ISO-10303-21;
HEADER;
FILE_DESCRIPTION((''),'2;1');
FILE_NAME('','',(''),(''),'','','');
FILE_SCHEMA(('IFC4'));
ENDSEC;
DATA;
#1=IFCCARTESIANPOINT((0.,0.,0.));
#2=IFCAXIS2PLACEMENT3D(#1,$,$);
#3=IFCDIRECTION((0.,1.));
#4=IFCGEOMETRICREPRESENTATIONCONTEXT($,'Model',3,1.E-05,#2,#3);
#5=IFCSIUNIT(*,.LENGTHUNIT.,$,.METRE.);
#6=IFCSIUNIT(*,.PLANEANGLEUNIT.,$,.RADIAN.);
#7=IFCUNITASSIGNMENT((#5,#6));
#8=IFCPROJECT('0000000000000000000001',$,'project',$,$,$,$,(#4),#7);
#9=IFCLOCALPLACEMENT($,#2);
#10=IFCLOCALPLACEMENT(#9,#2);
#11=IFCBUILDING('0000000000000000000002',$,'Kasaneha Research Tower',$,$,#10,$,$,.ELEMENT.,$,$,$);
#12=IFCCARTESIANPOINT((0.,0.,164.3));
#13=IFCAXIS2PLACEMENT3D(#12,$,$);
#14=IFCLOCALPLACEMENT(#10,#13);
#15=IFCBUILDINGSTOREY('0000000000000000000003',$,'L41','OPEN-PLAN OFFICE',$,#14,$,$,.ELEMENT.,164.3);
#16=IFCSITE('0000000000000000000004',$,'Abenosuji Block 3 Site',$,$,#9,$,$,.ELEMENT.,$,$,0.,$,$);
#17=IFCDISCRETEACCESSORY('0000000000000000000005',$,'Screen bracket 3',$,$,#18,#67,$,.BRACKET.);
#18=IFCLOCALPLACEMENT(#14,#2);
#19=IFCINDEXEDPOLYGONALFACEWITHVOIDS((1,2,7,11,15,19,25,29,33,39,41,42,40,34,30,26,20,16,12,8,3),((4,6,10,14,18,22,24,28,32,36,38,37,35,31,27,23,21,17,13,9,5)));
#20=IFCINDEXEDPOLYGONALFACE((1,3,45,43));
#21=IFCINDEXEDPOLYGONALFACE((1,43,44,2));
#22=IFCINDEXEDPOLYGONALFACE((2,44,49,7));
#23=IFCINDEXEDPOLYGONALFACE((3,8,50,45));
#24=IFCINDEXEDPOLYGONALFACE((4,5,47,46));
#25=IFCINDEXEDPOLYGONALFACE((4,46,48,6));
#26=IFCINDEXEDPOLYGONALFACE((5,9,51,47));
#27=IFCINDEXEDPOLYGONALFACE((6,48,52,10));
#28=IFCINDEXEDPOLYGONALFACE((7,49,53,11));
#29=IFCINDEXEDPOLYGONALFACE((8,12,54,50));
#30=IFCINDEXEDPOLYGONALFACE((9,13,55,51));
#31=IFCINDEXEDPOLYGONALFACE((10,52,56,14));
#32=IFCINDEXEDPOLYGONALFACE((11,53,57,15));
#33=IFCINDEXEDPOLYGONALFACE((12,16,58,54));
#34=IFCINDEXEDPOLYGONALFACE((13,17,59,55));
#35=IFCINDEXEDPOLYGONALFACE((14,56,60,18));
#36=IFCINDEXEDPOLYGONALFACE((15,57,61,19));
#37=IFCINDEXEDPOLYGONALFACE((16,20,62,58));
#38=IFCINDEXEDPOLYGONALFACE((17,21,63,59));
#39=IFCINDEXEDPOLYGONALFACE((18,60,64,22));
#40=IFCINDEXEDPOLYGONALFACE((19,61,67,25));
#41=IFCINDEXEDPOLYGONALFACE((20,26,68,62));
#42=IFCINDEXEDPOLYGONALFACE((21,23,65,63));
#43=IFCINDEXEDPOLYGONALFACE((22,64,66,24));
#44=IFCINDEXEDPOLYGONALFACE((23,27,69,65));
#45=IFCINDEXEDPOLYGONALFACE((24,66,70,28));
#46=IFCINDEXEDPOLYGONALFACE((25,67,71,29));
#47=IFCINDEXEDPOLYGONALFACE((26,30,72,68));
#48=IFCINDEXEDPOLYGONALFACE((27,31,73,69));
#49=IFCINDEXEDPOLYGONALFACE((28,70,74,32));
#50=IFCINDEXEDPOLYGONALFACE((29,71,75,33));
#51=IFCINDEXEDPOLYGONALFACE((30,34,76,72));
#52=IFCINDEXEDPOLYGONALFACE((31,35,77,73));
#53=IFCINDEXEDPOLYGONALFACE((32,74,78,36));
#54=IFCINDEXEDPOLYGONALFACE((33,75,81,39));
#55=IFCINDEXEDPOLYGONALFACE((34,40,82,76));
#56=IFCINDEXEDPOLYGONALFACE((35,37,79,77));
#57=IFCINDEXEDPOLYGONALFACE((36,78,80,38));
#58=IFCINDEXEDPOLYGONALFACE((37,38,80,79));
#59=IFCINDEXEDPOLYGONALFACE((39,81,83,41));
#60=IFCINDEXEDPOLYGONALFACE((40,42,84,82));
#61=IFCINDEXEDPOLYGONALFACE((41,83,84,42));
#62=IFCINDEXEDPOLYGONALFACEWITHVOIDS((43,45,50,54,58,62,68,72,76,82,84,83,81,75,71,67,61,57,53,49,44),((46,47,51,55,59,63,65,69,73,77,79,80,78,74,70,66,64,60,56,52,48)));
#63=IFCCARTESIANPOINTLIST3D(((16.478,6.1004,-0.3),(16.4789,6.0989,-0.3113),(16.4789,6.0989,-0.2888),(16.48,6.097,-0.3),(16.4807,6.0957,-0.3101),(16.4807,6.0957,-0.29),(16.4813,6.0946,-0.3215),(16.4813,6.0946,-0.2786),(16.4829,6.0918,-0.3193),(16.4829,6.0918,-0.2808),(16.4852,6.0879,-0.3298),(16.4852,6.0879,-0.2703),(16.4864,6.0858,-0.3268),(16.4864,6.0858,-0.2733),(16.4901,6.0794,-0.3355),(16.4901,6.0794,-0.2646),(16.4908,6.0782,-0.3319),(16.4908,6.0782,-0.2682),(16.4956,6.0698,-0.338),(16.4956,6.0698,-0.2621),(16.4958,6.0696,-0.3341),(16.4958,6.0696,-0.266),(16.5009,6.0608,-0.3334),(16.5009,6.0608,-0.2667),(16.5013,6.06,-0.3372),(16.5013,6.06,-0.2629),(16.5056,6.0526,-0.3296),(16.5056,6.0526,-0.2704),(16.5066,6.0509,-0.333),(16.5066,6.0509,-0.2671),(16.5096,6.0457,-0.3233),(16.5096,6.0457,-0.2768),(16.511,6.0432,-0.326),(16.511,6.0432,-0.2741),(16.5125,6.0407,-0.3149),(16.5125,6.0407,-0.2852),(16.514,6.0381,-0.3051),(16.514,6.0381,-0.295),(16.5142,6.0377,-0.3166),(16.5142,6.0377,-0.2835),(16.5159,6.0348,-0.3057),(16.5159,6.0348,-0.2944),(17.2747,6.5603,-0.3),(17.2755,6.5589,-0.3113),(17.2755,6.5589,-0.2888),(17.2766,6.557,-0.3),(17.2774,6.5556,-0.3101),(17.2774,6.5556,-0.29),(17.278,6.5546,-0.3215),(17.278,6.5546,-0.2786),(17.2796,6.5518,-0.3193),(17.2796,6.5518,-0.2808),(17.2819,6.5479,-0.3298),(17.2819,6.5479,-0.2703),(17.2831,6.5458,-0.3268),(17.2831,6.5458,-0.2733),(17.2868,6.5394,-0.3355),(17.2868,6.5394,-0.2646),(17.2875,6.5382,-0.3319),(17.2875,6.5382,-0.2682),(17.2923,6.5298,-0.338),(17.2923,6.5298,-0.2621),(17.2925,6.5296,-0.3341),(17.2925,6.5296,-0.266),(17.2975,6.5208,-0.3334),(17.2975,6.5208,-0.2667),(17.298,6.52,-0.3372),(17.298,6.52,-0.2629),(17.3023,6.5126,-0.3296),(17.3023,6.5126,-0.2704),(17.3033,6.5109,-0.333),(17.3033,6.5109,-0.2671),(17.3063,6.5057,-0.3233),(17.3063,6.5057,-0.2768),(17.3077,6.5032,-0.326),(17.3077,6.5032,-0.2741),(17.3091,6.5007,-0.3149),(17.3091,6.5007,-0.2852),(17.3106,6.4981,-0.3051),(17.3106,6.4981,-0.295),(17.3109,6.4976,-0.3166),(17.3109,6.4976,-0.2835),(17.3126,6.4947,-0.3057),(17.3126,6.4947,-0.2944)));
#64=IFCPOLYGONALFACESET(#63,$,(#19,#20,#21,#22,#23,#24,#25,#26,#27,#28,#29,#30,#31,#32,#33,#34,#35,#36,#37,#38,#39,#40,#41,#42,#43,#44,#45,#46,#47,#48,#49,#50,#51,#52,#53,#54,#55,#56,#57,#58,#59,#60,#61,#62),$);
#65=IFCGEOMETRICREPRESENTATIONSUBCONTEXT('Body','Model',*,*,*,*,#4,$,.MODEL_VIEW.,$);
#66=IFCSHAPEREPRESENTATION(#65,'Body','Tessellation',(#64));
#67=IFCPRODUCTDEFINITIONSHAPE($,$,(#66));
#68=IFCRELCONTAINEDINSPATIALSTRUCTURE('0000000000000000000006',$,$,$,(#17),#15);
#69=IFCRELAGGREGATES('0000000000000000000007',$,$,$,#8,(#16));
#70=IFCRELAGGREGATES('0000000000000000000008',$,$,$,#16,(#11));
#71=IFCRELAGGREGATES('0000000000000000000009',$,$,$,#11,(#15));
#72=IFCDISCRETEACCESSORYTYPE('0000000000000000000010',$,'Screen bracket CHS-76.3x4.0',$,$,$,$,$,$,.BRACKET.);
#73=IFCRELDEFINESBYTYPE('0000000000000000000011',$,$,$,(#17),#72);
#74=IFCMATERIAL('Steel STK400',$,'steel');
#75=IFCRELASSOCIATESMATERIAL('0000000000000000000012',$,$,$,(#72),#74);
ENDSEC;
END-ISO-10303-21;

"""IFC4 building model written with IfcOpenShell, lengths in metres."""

from ifc_helpers import new_model, si_unit, direction, frame, origin, origin_2d, place, context, subcontext, project, spatial, hollow_circle, extrude, material, material_profile, profile_set, type_object, element, save


model = new_model("IFC4")

# Units and contexts
model_context = context("Model", 3, precision=1e-05, world=origin(), true_north=direction((0.0, 1.0)))
body_context = subcontext(model_context, "Body", "Model", "MODEL_VIEW")
ifc_project = project(units=[si_unit("LENGTHUNIT", "METRE"), si_unit("PLANEANGLEUNIT", "RADIAN")], contexts=[model_context])

# Site, building, storey
site_placement = place(None, origin())
site = spatial("IfcSite", under=ifc_project, at=site_placement, Name="Abenosuji Block 3 Site", CompositionType="ELEMENT", RefElevation=0.0)
building_placement = place(site_placement, origin())
building = spatial("IfcBuilding", under=site, at=building_placement, Name="Kasaneha Research Tower", CompositionType="ELEMENT")
storey_placement = place(building_placement, frame((0.0, 0.0, 164.3)))
storey = spatial("IfcBuildingStorey", under=building, at=storey_placement, Name="L41", Description="OPEN-PLAN OFFICE", CompositionType="ELEMENT", Elevation=164.3)

# Discrete accessory
ifc_material_1 = material(Name="Steel STK400", Category="steel")
ifc_material_profile_1 = material_profile(ifc_material_1, hollow_circle(Radius=0.0381, WallThickness=0.0039, at=origin_2d()), Name="CHS-76.3x4.0")
ifc_profile_set_1 = profile_set([ifc_material_profile_1], Name="Steel STK400")
discrete_accessory_type = type_object("IfcDiscreteAccessoryType", Name="Screen bracket CHS-76.3x4.0", PredefinedType="BRACKET", material=ifc_profile_set_1)
for number, where, z_axis, x_axis, name in (
    (1, (16.4971, 6.0674, -0.3), (0.866013, 0.500021, 0.0), (-0.500021, 0.866013, 0.0), "Screen bracket 3"),
):
    element("IfcDiscreteAccessory", number, at=place(storey_placement, frame(where, z_axis=z_axis, x_axis=x_axis)), inside=storey, type_object=discrete_accessory_type, Name=name, PredefinedType="BRACKET", context=body_context, shape_type="SweptSolid", body=[
        extrude(hollow_circle(Radius=0.0381, WallThickness=0.0039, at=origin_2d()), origin(), (0.0, 0.0, 1.0), 0.9199),
    ])

save(model, "model.ifc")
